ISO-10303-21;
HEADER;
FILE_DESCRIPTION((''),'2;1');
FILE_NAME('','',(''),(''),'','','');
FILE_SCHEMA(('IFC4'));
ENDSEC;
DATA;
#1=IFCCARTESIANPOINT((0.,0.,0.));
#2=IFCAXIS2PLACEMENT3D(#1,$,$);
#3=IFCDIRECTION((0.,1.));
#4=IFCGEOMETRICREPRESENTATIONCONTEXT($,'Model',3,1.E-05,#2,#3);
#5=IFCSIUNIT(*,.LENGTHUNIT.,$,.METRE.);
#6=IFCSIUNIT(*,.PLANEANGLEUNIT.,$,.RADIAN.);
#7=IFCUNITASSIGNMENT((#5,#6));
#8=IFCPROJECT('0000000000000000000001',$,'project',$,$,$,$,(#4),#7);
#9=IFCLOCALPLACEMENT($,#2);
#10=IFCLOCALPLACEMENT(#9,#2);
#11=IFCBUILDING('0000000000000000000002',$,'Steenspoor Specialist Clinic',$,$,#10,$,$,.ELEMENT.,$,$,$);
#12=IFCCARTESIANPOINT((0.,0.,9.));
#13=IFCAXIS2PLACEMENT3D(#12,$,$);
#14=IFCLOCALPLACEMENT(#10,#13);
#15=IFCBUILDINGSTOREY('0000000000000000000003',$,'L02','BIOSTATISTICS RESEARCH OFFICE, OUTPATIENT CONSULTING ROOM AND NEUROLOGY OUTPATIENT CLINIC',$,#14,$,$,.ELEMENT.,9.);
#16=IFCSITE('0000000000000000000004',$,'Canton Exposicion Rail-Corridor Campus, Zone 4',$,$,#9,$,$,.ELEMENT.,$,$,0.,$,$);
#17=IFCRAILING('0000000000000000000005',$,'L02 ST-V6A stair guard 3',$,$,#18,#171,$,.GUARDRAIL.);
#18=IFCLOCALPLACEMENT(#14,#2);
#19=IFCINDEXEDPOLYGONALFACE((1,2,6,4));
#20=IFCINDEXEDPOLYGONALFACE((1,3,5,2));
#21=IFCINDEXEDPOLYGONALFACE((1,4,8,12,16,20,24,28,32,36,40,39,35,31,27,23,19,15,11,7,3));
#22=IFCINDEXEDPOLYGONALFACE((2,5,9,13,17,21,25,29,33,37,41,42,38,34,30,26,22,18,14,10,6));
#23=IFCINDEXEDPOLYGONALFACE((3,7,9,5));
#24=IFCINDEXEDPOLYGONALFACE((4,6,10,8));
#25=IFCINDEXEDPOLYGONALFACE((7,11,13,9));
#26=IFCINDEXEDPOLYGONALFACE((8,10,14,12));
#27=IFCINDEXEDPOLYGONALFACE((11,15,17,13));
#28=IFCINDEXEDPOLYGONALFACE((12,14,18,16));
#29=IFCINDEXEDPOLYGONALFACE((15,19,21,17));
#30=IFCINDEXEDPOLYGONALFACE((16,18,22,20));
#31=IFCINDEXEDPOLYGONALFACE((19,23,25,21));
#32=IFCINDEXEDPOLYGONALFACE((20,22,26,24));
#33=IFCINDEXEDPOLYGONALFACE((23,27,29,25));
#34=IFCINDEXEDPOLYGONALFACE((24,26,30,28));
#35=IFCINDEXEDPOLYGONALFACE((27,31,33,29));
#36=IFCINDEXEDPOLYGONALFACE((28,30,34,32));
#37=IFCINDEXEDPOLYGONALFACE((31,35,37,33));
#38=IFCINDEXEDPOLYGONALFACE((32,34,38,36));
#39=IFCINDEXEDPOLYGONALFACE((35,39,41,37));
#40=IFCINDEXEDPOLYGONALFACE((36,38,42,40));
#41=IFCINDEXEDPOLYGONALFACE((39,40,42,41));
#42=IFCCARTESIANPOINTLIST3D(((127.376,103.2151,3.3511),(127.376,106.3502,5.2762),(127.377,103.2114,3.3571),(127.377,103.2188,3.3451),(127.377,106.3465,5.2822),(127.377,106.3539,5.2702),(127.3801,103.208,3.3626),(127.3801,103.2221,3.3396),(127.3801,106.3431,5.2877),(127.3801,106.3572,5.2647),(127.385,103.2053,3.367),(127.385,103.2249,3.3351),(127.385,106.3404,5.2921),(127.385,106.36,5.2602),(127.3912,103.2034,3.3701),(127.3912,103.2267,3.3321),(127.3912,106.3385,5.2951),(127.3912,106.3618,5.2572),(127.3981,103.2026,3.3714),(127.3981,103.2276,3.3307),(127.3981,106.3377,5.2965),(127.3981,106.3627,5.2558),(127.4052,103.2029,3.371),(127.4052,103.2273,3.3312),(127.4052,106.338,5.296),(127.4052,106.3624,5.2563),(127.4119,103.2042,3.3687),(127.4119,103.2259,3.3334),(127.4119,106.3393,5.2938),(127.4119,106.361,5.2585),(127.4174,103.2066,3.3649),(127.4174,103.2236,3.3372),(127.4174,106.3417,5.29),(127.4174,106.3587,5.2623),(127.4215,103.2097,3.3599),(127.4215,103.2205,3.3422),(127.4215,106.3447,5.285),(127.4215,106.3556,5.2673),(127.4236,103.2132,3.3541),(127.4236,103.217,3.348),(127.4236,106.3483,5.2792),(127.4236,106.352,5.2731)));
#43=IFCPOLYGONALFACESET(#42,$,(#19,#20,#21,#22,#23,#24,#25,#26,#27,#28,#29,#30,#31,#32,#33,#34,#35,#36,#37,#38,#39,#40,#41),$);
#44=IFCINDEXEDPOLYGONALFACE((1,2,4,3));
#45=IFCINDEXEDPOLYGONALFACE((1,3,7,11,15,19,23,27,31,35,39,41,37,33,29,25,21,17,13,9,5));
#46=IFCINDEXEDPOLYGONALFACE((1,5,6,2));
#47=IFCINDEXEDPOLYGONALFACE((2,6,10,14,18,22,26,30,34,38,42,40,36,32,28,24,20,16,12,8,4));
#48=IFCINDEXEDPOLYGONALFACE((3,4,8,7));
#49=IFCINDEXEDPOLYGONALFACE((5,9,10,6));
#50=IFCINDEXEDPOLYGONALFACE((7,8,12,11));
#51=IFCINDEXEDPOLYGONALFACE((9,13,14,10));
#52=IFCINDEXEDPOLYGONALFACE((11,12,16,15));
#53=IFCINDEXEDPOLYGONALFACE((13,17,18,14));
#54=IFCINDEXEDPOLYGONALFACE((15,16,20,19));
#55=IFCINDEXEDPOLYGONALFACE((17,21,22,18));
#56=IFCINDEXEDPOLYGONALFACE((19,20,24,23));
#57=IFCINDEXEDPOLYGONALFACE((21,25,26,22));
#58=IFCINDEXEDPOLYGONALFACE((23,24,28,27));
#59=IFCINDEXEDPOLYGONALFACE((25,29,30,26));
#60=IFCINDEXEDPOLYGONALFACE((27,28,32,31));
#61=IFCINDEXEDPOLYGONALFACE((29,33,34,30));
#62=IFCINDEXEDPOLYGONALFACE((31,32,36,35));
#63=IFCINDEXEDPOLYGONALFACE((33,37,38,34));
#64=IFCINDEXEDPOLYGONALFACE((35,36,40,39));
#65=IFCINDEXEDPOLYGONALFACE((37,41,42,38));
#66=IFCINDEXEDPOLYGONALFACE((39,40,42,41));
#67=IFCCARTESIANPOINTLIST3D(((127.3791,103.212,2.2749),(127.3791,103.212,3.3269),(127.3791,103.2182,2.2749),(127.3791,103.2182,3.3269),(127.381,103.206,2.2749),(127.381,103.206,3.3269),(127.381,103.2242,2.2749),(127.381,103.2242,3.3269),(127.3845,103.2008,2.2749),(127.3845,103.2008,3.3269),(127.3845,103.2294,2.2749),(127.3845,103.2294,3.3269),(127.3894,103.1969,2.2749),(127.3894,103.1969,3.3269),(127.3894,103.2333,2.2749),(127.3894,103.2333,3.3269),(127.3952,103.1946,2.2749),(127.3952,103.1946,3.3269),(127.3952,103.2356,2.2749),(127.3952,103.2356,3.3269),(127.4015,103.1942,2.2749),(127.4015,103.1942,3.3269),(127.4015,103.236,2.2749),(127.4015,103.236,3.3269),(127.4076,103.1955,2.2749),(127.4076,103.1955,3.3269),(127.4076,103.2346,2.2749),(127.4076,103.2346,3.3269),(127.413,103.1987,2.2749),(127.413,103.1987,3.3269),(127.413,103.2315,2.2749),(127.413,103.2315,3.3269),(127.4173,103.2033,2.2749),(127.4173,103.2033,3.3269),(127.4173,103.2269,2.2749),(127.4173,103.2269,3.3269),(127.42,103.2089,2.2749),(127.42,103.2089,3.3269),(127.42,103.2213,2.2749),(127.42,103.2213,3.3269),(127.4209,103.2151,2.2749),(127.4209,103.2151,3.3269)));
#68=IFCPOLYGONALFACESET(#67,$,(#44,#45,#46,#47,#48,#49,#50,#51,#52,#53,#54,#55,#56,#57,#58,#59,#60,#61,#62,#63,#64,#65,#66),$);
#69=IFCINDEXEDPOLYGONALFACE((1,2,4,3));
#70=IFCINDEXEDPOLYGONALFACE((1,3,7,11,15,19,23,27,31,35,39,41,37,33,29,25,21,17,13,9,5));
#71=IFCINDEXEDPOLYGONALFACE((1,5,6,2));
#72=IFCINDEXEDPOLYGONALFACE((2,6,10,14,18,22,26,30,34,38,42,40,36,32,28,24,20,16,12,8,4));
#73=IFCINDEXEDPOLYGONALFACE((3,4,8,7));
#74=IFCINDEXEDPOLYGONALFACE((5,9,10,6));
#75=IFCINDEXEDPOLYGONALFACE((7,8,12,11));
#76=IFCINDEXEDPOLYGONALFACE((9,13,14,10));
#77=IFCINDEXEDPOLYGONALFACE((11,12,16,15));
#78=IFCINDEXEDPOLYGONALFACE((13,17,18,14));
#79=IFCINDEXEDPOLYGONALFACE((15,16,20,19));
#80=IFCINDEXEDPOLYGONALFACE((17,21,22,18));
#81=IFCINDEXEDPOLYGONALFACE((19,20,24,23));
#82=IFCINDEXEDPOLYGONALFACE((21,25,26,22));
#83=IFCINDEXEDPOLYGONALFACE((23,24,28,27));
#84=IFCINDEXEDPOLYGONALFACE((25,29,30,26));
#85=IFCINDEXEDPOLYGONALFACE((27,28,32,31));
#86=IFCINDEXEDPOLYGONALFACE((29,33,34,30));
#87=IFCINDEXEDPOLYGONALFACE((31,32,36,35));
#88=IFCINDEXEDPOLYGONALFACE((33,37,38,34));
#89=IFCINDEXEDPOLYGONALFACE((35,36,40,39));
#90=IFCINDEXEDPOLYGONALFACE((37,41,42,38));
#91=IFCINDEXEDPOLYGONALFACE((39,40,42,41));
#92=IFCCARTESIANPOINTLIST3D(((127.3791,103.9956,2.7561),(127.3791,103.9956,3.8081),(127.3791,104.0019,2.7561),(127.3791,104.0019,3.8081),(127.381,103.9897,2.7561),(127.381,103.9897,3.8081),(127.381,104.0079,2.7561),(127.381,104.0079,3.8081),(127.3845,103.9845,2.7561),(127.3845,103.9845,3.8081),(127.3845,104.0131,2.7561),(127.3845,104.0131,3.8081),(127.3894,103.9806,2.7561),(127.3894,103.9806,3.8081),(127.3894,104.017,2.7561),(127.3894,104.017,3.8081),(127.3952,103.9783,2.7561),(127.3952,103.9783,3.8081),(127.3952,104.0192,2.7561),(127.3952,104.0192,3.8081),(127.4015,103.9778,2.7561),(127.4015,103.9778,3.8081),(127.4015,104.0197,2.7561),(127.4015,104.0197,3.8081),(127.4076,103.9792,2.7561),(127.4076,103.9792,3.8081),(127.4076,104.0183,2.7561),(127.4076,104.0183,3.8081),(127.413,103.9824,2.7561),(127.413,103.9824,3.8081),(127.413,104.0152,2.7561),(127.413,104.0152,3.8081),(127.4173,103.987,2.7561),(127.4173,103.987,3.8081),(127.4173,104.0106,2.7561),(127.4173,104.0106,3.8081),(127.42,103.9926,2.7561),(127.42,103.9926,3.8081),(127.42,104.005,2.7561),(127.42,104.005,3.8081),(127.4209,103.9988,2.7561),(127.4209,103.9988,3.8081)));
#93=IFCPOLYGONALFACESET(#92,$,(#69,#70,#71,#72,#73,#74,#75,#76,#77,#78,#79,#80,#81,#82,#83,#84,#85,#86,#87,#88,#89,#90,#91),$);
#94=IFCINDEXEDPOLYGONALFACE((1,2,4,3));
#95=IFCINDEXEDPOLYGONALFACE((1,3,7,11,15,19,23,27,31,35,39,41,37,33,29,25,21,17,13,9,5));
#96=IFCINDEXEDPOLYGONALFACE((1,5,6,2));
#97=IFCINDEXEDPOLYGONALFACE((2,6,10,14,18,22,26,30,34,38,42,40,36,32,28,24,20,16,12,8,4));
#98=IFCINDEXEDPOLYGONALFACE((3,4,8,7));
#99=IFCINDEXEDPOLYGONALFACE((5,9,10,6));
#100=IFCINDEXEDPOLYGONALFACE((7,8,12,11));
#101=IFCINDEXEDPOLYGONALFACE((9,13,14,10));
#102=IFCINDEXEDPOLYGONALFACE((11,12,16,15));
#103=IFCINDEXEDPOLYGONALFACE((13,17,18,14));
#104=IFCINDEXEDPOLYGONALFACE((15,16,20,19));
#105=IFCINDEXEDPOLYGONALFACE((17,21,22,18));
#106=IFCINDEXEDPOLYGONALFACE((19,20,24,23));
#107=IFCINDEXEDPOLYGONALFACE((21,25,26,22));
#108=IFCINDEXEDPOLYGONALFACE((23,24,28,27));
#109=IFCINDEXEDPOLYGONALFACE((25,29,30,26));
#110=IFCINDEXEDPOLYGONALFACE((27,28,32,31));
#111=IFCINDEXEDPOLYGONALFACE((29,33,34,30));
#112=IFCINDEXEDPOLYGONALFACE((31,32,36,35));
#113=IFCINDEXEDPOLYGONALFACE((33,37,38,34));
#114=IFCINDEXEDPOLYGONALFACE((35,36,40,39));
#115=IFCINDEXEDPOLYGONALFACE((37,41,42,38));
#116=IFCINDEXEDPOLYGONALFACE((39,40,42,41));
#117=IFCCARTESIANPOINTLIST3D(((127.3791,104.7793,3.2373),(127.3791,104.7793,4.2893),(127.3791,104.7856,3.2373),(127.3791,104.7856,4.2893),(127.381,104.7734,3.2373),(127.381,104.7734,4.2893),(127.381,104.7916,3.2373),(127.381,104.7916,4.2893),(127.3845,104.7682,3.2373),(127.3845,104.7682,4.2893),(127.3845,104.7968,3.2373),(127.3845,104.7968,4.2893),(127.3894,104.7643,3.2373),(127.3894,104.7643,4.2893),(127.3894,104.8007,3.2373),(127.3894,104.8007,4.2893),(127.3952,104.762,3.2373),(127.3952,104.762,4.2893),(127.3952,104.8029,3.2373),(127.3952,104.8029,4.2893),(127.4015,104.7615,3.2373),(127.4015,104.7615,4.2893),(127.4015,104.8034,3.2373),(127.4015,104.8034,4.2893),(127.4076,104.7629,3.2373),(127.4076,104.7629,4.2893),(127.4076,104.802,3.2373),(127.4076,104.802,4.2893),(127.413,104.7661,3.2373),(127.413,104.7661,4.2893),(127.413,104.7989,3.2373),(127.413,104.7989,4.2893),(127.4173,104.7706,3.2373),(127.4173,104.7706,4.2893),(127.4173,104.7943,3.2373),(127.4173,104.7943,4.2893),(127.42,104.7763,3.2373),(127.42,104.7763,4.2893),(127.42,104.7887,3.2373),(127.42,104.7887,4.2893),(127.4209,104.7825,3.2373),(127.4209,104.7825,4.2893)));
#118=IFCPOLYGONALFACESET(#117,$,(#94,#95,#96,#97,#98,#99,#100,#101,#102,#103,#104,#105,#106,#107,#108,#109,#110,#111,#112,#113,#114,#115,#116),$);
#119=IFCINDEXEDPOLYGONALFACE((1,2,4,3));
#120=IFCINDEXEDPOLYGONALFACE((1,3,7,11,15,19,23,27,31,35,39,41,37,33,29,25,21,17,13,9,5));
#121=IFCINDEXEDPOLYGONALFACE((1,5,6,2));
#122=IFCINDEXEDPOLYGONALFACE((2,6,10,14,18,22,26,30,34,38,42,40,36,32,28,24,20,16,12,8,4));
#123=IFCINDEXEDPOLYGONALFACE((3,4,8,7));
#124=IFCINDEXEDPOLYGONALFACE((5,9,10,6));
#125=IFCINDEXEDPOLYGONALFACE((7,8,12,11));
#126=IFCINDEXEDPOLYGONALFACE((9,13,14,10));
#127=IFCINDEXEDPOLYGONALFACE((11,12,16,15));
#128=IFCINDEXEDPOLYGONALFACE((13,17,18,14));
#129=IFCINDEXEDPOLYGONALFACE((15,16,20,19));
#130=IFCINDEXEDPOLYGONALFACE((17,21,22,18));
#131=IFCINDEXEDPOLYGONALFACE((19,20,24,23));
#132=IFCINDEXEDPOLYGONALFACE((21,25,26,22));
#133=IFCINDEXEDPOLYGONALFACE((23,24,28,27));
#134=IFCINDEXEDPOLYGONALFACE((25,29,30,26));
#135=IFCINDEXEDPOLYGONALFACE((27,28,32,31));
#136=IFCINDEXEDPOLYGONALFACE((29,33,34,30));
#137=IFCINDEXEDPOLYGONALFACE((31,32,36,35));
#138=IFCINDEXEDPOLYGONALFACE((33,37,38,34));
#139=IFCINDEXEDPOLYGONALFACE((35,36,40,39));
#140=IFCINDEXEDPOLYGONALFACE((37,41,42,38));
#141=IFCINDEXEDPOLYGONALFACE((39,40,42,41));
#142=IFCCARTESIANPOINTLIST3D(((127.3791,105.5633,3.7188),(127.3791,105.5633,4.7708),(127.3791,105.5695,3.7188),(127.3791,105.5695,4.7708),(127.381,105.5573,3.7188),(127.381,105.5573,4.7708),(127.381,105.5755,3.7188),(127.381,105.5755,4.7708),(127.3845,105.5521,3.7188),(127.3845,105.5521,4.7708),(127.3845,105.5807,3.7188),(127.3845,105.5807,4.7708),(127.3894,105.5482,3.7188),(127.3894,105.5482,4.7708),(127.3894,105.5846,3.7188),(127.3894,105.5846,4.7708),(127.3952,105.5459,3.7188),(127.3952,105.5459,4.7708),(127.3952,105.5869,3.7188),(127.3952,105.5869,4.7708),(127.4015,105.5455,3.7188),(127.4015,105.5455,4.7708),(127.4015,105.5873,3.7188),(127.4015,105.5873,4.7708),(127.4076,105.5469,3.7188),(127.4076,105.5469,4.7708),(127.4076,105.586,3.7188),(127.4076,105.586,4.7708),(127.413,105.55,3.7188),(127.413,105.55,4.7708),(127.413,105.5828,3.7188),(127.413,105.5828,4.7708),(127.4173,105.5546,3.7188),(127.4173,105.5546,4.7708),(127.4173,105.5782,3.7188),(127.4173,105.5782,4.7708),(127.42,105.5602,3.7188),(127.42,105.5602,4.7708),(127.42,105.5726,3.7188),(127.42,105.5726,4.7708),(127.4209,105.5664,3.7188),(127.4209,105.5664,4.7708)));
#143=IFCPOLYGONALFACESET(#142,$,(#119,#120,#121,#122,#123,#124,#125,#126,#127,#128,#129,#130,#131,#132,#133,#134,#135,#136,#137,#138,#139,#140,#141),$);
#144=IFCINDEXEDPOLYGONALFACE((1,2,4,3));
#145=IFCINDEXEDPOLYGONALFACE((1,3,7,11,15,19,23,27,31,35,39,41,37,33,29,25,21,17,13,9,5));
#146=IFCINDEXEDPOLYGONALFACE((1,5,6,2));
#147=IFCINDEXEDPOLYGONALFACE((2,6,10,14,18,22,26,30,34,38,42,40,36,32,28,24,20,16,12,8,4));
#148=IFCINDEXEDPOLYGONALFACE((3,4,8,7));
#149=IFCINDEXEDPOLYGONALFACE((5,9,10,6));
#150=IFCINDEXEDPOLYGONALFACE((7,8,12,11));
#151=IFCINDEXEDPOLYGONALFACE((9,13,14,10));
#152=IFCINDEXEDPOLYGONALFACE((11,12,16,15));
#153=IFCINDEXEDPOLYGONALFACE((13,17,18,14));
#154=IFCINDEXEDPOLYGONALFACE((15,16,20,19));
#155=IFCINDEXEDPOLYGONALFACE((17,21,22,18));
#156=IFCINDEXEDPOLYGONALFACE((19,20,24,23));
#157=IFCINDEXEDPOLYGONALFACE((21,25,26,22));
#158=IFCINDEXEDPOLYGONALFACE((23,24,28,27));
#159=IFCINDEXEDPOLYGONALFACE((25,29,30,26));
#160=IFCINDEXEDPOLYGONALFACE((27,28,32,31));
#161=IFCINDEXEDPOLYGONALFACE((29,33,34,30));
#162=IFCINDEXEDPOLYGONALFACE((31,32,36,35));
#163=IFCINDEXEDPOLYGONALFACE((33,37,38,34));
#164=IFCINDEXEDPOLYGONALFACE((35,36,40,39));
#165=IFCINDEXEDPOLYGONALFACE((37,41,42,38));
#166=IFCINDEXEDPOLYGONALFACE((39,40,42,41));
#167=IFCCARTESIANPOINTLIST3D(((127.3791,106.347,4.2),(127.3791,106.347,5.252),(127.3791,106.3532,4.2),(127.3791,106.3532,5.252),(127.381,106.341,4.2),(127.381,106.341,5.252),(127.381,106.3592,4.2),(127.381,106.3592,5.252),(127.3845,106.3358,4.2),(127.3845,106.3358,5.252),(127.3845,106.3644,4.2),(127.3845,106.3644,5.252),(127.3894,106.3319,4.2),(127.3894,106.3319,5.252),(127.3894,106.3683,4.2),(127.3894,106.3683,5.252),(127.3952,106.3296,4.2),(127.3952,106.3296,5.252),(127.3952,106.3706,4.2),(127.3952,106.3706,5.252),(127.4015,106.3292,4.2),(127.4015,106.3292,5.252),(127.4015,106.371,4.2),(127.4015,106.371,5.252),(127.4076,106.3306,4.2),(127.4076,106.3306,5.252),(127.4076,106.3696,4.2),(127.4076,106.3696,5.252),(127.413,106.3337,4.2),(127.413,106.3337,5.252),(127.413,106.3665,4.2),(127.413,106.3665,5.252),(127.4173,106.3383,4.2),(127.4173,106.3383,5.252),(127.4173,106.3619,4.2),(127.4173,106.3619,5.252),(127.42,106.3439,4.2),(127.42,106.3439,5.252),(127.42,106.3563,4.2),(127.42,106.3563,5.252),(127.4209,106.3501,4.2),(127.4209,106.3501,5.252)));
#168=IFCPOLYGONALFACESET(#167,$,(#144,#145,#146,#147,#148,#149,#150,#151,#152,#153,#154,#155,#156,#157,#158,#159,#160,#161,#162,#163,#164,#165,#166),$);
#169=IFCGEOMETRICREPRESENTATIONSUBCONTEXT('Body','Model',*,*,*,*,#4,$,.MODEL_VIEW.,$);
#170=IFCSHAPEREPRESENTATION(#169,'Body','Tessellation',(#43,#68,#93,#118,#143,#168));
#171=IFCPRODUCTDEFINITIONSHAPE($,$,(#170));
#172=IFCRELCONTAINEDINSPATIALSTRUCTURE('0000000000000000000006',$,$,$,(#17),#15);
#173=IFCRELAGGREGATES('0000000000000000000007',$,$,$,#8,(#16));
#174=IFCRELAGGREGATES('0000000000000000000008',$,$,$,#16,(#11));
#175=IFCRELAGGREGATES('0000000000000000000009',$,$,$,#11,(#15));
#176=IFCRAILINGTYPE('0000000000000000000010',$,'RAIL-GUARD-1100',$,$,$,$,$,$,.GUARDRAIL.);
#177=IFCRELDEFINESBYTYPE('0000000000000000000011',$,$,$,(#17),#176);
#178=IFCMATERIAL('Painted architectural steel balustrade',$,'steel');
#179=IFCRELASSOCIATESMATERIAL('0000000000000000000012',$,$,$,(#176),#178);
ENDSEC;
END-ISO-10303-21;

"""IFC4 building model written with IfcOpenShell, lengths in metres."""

from ifc_helpers import new_model, si_unit, direction, frame, origin, origin_2d, place, context, subcontext, project, spatial, circle, extrude, material, type_object, element, save


model = new_model("IFC4")

# Units and contexts
model_context = context("Model", 3, precision=1e-05, world=origin(), true_north=direction((0.0, 1.0)))
body_context = subcontext(model_context, "Body", "Model", "MODEL_VIEW")
ifc_project = project(units=[si_unit("LENGTHUNIT", "METRE"), si_unit("PLANEANGLEUNIT", "RADIAN")], contexts=[model_context])

# Site, building, storey
site_placement = place(None, origin())
site = spatial("IfcSite", under=ifc_project, at=site_placement, Name="Canton Exposicion Rail-Corridor Campus, Zone 4", CompositionType="ELEMENT", RefElevation=0.0)
building_placement = place(site_placement, origin())
building = spatial("IfcBuilding", under=site, at=building_placement, Name="Steenspoor Specialist Clinic", CompositionType="ELEMENT")
storey_placement = place(building_placement, frame((0.0, 0.0, 9.0)))
storey = spatial("IfcBuildingStorey", under=building, at=storey_placement, Name="L02", Description="BIOSTATISTICS RESEARCH OFFICE, OUTPATIENT CONSULTING ROOM AND NEUROLOGY OUTPATIENT CLINIC", CompositionType="ELEMENT", Elevation=9.0)

# Railing
ifc_material_1 = material(Name="Painted architectural steel balustrade", Category="steel")
railing_type_1 = type_object("IfcRailingType", Name="RAIL-GUARD-1100", PredefinedType="GUARDRAIL", material=ifc_material_1)
railing_1_placement = place(storey_placement, frame((127.3999, 103.2151, 2.2749)))
element("IfcRailing", 1, at=railing_1_placement, inside=storey, type_object=railing_type_1, Name="L02 ST-V6A stair guard 3", PredefinedType="GUARDRAIL", context=body_context, shape_type="SweptSolid", body=[
    extrude(circle(Radius=0.0239, at=origin_2d()), frame((0.0, 0.0, 1.0762), z_axis=(0.0, 0.852166, 0.523271), x_axis=(-1.0, 0.0, 0.0)), (0.0, 0.0, 1.0), 3.679),
    extrude(circle(Radius=0.021, at=origin_2d()), origin(), (0.0, 0.0, 1.0), 1.052),
    extrude(circle(Radius=0.021, at=origin_2d()), frame((0.0, 0.7837, 0.4812)), (0.0, 0.0, 1.0), 1.052),
    extrude(circle(Radius=0.021, at=origin_2d()), frame((0.0, 1.5674, 0.9624)), (0.0, 0.0, 1.0), 1.052),
    extrude(circle(Radius=0.021, at=origin_2d()), frame((0.0, 2.3513, 1.4438)), (0.0, 0.0, 1.0), 1.052),
    extrude(circle(Radius=0.021, at=origin_2d()), frame((0.0, 3.135, 1.925)), (0.0, 0.0, 1.0), 1.052),
])

save(model, "model.ifc")
